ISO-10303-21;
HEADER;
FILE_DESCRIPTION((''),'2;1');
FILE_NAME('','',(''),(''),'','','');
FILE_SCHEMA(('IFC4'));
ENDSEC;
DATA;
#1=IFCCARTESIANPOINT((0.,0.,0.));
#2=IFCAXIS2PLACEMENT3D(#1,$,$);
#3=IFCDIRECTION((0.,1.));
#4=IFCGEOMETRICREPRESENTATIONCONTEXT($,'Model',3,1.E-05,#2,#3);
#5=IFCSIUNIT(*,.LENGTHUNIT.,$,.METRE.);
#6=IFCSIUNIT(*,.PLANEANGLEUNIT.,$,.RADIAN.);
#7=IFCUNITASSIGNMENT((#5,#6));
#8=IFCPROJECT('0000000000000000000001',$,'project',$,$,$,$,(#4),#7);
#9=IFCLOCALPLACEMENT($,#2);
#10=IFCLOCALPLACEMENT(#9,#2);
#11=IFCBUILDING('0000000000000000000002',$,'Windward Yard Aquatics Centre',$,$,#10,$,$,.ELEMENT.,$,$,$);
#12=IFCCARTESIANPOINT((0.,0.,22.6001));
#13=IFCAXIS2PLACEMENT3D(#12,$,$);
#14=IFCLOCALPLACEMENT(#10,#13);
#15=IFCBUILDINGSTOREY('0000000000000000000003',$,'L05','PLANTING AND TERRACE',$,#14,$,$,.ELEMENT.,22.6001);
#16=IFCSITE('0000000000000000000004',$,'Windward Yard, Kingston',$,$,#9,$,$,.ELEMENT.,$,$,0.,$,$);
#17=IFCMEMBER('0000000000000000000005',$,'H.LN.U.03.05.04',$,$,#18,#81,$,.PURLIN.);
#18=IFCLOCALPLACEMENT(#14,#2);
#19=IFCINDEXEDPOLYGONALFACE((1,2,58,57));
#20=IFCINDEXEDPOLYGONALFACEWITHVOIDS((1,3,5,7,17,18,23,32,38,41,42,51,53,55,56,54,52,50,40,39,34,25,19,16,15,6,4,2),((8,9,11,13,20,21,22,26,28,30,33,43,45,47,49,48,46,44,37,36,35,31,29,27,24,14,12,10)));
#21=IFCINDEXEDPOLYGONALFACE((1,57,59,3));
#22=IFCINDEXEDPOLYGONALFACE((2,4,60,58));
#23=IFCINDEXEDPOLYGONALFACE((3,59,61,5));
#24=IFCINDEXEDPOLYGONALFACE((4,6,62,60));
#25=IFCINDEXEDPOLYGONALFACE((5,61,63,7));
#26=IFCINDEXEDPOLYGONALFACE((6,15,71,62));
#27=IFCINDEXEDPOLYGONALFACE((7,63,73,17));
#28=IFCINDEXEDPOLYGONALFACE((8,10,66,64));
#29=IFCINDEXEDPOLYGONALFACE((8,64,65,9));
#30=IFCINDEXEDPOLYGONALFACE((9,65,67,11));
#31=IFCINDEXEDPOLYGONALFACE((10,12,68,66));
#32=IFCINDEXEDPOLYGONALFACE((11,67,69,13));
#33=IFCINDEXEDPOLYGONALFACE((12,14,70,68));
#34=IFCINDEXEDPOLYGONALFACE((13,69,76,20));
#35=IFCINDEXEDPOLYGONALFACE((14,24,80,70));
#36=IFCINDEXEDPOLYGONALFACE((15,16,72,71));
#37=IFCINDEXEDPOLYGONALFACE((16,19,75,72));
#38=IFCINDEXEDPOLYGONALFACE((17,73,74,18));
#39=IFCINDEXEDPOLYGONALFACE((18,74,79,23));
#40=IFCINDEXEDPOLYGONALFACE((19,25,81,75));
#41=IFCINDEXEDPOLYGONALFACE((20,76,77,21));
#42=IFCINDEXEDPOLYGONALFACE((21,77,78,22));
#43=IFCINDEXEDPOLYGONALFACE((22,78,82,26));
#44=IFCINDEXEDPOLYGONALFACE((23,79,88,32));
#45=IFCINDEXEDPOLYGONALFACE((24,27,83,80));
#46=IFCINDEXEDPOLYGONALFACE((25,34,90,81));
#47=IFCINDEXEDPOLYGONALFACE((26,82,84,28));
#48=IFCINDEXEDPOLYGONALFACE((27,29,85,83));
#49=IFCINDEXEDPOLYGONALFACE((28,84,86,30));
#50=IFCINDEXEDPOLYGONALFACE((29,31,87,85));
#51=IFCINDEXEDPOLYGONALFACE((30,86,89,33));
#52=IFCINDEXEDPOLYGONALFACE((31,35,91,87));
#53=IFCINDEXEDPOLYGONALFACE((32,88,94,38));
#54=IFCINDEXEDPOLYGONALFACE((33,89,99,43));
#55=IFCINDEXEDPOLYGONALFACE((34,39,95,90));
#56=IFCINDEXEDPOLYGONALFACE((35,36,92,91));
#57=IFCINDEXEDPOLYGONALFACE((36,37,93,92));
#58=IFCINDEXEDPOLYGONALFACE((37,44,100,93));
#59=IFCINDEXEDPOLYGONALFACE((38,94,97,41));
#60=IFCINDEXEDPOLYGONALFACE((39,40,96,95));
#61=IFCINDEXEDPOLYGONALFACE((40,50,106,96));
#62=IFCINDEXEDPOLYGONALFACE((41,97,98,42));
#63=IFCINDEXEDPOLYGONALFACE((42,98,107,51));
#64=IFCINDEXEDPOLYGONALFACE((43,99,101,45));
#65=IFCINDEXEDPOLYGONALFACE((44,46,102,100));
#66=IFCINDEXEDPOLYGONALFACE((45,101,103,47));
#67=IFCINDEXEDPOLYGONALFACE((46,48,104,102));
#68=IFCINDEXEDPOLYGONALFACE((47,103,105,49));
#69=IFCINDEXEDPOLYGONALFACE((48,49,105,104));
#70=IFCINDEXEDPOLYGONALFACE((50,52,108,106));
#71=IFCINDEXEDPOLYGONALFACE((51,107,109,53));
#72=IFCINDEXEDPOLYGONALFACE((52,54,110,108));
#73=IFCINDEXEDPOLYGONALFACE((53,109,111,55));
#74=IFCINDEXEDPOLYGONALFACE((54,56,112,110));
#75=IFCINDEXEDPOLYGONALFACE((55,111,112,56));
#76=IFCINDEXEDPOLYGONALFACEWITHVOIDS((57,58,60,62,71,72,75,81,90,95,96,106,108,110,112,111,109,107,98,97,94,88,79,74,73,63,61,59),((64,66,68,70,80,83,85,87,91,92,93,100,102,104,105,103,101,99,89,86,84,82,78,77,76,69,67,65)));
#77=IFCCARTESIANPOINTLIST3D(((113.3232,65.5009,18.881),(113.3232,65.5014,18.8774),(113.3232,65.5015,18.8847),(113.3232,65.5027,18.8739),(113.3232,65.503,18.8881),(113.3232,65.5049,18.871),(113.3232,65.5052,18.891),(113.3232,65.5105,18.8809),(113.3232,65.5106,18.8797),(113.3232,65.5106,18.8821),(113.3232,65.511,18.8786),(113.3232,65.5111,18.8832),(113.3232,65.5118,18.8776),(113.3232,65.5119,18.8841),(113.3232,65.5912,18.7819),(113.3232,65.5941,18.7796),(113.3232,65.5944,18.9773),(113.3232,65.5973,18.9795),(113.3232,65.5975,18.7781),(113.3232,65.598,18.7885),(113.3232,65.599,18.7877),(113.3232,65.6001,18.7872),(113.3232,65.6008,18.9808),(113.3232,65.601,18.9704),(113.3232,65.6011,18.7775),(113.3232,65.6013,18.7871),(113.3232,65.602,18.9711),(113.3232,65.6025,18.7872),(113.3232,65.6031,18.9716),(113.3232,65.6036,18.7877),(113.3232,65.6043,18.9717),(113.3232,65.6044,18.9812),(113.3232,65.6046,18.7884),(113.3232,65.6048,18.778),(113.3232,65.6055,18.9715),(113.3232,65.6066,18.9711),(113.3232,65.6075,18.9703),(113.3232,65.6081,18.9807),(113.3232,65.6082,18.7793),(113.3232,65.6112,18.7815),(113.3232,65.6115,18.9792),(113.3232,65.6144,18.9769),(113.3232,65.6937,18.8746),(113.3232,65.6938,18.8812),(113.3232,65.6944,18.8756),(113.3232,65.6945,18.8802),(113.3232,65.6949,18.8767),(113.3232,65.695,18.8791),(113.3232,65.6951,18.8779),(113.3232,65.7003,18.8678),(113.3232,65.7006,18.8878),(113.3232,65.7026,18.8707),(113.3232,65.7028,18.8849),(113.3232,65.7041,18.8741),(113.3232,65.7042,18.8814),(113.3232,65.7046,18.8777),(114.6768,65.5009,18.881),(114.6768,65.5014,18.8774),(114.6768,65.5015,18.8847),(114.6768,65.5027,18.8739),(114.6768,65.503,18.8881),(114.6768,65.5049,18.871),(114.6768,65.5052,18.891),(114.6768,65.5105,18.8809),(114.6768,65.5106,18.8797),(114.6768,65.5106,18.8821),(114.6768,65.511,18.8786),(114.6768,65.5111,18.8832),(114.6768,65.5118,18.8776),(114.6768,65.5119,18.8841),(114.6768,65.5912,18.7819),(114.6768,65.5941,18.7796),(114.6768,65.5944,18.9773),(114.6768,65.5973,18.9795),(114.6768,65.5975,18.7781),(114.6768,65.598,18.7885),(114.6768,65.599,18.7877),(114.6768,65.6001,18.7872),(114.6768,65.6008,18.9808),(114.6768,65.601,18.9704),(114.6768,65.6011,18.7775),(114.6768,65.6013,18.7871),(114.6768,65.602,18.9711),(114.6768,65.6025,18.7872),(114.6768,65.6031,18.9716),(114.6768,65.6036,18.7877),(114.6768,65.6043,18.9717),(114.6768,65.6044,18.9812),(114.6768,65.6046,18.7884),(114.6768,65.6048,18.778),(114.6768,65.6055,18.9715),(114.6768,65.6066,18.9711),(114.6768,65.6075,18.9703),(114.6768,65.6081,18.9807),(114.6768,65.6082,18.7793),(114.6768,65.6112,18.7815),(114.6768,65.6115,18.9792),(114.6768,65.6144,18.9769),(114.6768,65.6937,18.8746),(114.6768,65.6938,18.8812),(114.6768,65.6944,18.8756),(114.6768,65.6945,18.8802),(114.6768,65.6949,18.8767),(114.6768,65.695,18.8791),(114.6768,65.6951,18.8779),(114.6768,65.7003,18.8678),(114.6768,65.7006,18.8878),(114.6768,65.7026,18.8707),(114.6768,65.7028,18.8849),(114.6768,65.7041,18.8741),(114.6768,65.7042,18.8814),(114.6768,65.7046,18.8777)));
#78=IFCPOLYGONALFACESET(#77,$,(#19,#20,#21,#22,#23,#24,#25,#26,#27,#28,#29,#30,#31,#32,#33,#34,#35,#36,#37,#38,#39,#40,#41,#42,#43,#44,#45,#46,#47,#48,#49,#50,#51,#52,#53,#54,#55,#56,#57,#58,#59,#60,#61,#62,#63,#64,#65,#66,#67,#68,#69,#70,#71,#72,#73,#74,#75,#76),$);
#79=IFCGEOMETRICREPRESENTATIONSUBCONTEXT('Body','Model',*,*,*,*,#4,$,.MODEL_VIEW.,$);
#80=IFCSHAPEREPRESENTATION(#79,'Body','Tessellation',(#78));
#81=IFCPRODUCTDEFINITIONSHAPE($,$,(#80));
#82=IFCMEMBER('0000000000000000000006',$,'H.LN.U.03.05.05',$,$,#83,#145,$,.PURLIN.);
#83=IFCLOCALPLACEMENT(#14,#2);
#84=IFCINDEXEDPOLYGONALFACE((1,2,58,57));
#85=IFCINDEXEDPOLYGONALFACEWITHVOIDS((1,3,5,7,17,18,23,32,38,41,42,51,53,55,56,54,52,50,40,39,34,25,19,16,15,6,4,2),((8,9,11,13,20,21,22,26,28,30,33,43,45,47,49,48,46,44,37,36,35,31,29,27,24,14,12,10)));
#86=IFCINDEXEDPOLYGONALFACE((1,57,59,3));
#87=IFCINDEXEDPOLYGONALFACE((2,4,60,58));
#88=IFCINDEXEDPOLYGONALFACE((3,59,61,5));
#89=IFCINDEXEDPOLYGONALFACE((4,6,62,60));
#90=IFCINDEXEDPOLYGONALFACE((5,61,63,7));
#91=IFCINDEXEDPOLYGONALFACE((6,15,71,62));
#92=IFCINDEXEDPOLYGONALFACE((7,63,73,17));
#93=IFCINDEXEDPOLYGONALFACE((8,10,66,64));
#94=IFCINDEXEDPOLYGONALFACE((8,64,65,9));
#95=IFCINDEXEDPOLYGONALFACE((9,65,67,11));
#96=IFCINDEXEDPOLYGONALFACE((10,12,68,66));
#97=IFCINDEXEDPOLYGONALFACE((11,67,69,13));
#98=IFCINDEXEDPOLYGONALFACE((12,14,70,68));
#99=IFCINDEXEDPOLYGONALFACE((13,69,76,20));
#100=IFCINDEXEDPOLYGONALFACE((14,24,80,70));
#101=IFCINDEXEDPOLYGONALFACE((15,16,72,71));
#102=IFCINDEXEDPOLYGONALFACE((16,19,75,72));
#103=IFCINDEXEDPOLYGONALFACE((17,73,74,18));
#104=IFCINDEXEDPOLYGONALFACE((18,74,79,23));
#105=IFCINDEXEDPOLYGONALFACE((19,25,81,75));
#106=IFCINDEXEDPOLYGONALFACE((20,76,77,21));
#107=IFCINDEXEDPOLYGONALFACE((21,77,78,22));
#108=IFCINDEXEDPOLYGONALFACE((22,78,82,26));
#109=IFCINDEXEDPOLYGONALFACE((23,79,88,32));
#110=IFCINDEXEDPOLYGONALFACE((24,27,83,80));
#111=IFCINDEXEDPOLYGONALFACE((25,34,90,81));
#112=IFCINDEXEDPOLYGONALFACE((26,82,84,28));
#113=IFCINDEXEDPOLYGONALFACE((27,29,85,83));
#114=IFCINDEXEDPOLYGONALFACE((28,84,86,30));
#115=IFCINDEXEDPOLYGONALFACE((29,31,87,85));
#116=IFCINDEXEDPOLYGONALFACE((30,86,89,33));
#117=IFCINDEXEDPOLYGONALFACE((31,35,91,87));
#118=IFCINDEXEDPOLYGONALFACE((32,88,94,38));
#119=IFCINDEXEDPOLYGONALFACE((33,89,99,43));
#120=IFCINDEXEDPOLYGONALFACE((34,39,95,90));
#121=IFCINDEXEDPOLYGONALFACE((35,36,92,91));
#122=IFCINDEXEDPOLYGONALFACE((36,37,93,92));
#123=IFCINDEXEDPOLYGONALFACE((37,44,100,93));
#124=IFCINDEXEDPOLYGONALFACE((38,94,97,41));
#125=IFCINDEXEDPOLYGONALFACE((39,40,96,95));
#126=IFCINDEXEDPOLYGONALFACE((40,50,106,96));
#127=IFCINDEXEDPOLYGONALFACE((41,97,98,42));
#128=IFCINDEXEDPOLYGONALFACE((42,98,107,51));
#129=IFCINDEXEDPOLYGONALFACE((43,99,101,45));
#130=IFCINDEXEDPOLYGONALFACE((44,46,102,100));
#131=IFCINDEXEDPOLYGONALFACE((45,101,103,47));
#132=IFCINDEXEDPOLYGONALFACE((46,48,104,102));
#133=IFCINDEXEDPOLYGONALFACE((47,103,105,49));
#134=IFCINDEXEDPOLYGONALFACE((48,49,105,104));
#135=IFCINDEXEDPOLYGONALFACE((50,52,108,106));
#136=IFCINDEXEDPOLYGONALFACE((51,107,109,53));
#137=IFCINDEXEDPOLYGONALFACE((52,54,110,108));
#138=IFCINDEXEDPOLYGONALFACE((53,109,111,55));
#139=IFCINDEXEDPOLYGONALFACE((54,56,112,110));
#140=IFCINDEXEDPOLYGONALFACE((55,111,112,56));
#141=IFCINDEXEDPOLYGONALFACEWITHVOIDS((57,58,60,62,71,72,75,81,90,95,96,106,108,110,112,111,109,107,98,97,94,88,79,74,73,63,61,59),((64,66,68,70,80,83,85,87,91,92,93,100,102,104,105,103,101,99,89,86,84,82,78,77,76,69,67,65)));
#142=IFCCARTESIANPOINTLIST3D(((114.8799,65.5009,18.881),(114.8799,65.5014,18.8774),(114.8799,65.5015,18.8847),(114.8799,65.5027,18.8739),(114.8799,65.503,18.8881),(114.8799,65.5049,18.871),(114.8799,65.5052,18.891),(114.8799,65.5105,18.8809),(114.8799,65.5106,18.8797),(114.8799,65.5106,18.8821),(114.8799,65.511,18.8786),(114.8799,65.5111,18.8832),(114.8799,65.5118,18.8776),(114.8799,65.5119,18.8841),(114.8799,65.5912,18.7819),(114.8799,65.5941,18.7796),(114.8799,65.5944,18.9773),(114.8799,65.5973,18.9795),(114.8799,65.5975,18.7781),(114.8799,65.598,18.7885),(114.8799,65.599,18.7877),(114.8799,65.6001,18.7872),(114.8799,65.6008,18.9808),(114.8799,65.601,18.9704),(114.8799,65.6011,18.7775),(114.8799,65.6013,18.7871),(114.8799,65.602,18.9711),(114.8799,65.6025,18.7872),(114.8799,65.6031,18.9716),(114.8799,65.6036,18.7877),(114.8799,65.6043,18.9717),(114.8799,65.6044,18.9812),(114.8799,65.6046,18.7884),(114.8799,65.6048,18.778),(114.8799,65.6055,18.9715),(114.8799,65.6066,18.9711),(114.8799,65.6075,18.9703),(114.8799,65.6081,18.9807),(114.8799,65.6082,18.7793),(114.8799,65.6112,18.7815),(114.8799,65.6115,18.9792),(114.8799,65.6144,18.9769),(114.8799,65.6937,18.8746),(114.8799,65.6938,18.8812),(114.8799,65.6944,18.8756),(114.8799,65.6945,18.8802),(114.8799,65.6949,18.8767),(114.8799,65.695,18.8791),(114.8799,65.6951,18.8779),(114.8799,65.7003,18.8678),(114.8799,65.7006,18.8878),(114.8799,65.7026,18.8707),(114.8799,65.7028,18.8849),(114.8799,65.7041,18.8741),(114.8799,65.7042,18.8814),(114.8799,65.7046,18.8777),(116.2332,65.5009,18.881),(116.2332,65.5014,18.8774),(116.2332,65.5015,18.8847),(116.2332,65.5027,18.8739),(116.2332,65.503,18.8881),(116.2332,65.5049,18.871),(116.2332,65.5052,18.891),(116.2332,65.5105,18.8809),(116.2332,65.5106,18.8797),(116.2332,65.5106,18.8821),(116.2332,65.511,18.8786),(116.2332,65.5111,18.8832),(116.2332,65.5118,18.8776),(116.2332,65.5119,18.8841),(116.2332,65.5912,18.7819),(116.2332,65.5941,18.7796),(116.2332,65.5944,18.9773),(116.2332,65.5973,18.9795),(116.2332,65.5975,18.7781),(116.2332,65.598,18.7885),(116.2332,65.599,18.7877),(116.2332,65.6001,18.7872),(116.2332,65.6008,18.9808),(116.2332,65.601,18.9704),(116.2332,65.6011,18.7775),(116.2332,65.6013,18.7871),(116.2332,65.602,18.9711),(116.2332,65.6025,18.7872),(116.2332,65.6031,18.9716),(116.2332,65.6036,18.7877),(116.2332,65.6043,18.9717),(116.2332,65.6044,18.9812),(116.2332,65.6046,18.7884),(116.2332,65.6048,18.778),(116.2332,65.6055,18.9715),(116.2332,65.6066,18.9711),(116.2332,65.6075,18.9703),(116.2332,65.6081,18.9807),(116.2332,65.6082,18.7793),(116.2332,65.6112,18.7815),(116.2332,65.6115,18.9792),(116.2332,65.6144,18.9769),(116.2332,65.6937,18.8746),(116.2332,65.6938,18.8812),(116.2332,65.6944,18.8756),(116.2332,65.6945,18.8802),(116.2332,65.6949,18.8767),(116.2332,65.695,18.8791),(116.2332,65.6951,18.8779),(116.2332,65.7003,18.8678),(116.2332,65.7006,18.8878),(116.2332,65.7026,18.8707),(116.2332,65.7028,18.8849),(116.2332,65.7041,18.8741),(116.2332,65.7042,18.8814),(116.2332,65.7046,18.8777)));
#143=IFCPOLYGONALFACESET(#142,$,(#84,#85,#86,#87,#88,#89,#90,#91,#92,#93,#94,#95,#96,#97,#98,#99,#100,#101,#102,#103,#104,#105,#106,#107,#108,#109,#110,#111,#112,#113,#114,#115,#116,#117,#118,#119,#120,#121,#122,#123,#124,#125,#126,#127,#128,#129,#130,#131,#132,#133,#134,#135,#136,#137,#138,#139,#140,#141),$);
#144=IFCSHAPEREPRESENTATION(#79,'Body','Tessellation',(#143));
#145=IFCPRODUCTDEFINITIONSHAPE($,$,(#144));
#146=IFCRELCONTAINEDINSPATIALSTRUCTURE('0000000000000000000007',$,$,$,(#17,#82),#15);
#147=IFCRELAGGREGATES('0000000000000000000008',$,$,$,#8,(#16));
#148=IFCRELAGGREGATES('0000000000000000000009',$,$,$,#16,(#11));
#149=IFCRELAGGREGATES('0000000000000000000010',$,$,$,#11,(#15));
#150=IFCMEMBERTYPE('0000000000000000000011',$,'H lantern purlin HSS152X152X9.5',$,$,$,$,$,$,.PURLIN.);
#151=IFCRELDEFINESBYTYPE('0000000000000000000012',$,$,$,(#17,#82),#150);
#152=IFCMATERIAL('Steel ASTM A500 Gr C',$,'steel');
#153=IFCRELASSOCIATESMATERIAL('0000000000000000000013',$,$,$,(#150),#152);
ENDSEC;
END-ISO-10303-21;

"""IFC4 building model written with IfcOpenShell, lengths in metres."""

from ifc_helpers import new_model, si_unit, direction, frame, origin, origin_2d, place, context, subcontext, project, spatial, hollow_rectangle, extrude, material, material_profile, profile_set, type_object, element, save


model = new_model("IFC4")

# Units and contexts
model_context = context("Model", 3, precision=1e-05, world=origin(), true_north=direction((0.0, 1.0)))
body_context = subcontext(model_context, "Body", "Model", "MODEL_VIEW")
ifc_project = project(units=[si_unit("LENGTHUNIT", "METRE"), si_unit("PLANEANGLEUNIT", "RADIAN")], contexts=[model_context])

# Site, building, storey
site_placement = place(None, origin())
site = spatial("IfcSite", under=ifc_project, at=site_placement, Name="Windward Yard, Kingston", CompositionType="ELEMENT", RefElevation=0.0)
building_placement = place(site_placement, origin())
building = spatial("IfcBuilding", under=site, at=building_placement, Name="Windward Yard Aquatics Centre", CompositionType="ELEMENT")
storey_placement = place(building_placement, frame((0.0, 0.0, 22.6001)))
storey = spatial("IfcBuildingStorey", under=building, at=storey_placement, Name="L05", Description="PLANTING AND TERRACE", CompositionType="ELEMENT", Elevation=22.6001)

# Members
ifc_material_1 = material(Name="Steel ASTM A500 Gr C", Category="steel")
ifc_material_profile = material_profile(ifc_material_1, hollow_rectangle(XDim=0.1523, YDim=0.1523, WallThickness=0.0095, InnerFilletRadius=0.0046, OuterFilletRadius=0.0142, at=origin_2d()), Name="HSS152X152X9.5")
ifc_profile_set = profile_set([ifc_material_profile], Name="Steel ASTM A500 Gr C")
member_type = type_object("IfcMemberType", Name="H lantern purlin HSS152X152X9.5", PredefinedType="PURLIN", material=ifc_profile_set)
member_1_placement = place(storey_placement, frame((113.3232, 65.6028, 18.8794), z_axis=(1.0, 0.0, 0.0), x_axis=(0.0, 0.69555, -0.718477)))
element("IfcMember", 1, at=member_1_placement, inside=storey, type_object=member_type, Name="H.LN.U.03.05.04", PredefinedType="PURLIN", context=body_context, shape_type="SweptSolid", body=[
    extrude(hollow_rectangle(XDim=0.1523, YDim=0.1523, WallThickness=0.0095, InnerFilletRadius=0.0046, OuterFilletRadius=0.0142, at=origin_2d()), origin(), (0.0, 0.0, 1.0), 1.3535),
])
member_2_placement = place(storey_placement, frame((114.8799, 65.6028, 18.8794), z_axis=(1.0, 0.0, 0.0), x_axis=(0.0, 0.69555, -0.718477)))
element("IfcMember", 2, at=member_2_placement, inside=storey, type_object=member_type, Name="H.LN.U.03.05.05", PredefinedType="PURLIN", context=body_context, shape_type="SweptSolid", body=[
    extrude(hollow_rectangle(XDim=0.1523, YDim=0.1523, WallThickness=0.0095, InnerFilletRadius=0.0046, OuterFilletRadius=0.0142, at=origin_2d()), origin(), (0.0, 0.0, 1.0), 1.3533),
])

save(model, "model.ifc")
